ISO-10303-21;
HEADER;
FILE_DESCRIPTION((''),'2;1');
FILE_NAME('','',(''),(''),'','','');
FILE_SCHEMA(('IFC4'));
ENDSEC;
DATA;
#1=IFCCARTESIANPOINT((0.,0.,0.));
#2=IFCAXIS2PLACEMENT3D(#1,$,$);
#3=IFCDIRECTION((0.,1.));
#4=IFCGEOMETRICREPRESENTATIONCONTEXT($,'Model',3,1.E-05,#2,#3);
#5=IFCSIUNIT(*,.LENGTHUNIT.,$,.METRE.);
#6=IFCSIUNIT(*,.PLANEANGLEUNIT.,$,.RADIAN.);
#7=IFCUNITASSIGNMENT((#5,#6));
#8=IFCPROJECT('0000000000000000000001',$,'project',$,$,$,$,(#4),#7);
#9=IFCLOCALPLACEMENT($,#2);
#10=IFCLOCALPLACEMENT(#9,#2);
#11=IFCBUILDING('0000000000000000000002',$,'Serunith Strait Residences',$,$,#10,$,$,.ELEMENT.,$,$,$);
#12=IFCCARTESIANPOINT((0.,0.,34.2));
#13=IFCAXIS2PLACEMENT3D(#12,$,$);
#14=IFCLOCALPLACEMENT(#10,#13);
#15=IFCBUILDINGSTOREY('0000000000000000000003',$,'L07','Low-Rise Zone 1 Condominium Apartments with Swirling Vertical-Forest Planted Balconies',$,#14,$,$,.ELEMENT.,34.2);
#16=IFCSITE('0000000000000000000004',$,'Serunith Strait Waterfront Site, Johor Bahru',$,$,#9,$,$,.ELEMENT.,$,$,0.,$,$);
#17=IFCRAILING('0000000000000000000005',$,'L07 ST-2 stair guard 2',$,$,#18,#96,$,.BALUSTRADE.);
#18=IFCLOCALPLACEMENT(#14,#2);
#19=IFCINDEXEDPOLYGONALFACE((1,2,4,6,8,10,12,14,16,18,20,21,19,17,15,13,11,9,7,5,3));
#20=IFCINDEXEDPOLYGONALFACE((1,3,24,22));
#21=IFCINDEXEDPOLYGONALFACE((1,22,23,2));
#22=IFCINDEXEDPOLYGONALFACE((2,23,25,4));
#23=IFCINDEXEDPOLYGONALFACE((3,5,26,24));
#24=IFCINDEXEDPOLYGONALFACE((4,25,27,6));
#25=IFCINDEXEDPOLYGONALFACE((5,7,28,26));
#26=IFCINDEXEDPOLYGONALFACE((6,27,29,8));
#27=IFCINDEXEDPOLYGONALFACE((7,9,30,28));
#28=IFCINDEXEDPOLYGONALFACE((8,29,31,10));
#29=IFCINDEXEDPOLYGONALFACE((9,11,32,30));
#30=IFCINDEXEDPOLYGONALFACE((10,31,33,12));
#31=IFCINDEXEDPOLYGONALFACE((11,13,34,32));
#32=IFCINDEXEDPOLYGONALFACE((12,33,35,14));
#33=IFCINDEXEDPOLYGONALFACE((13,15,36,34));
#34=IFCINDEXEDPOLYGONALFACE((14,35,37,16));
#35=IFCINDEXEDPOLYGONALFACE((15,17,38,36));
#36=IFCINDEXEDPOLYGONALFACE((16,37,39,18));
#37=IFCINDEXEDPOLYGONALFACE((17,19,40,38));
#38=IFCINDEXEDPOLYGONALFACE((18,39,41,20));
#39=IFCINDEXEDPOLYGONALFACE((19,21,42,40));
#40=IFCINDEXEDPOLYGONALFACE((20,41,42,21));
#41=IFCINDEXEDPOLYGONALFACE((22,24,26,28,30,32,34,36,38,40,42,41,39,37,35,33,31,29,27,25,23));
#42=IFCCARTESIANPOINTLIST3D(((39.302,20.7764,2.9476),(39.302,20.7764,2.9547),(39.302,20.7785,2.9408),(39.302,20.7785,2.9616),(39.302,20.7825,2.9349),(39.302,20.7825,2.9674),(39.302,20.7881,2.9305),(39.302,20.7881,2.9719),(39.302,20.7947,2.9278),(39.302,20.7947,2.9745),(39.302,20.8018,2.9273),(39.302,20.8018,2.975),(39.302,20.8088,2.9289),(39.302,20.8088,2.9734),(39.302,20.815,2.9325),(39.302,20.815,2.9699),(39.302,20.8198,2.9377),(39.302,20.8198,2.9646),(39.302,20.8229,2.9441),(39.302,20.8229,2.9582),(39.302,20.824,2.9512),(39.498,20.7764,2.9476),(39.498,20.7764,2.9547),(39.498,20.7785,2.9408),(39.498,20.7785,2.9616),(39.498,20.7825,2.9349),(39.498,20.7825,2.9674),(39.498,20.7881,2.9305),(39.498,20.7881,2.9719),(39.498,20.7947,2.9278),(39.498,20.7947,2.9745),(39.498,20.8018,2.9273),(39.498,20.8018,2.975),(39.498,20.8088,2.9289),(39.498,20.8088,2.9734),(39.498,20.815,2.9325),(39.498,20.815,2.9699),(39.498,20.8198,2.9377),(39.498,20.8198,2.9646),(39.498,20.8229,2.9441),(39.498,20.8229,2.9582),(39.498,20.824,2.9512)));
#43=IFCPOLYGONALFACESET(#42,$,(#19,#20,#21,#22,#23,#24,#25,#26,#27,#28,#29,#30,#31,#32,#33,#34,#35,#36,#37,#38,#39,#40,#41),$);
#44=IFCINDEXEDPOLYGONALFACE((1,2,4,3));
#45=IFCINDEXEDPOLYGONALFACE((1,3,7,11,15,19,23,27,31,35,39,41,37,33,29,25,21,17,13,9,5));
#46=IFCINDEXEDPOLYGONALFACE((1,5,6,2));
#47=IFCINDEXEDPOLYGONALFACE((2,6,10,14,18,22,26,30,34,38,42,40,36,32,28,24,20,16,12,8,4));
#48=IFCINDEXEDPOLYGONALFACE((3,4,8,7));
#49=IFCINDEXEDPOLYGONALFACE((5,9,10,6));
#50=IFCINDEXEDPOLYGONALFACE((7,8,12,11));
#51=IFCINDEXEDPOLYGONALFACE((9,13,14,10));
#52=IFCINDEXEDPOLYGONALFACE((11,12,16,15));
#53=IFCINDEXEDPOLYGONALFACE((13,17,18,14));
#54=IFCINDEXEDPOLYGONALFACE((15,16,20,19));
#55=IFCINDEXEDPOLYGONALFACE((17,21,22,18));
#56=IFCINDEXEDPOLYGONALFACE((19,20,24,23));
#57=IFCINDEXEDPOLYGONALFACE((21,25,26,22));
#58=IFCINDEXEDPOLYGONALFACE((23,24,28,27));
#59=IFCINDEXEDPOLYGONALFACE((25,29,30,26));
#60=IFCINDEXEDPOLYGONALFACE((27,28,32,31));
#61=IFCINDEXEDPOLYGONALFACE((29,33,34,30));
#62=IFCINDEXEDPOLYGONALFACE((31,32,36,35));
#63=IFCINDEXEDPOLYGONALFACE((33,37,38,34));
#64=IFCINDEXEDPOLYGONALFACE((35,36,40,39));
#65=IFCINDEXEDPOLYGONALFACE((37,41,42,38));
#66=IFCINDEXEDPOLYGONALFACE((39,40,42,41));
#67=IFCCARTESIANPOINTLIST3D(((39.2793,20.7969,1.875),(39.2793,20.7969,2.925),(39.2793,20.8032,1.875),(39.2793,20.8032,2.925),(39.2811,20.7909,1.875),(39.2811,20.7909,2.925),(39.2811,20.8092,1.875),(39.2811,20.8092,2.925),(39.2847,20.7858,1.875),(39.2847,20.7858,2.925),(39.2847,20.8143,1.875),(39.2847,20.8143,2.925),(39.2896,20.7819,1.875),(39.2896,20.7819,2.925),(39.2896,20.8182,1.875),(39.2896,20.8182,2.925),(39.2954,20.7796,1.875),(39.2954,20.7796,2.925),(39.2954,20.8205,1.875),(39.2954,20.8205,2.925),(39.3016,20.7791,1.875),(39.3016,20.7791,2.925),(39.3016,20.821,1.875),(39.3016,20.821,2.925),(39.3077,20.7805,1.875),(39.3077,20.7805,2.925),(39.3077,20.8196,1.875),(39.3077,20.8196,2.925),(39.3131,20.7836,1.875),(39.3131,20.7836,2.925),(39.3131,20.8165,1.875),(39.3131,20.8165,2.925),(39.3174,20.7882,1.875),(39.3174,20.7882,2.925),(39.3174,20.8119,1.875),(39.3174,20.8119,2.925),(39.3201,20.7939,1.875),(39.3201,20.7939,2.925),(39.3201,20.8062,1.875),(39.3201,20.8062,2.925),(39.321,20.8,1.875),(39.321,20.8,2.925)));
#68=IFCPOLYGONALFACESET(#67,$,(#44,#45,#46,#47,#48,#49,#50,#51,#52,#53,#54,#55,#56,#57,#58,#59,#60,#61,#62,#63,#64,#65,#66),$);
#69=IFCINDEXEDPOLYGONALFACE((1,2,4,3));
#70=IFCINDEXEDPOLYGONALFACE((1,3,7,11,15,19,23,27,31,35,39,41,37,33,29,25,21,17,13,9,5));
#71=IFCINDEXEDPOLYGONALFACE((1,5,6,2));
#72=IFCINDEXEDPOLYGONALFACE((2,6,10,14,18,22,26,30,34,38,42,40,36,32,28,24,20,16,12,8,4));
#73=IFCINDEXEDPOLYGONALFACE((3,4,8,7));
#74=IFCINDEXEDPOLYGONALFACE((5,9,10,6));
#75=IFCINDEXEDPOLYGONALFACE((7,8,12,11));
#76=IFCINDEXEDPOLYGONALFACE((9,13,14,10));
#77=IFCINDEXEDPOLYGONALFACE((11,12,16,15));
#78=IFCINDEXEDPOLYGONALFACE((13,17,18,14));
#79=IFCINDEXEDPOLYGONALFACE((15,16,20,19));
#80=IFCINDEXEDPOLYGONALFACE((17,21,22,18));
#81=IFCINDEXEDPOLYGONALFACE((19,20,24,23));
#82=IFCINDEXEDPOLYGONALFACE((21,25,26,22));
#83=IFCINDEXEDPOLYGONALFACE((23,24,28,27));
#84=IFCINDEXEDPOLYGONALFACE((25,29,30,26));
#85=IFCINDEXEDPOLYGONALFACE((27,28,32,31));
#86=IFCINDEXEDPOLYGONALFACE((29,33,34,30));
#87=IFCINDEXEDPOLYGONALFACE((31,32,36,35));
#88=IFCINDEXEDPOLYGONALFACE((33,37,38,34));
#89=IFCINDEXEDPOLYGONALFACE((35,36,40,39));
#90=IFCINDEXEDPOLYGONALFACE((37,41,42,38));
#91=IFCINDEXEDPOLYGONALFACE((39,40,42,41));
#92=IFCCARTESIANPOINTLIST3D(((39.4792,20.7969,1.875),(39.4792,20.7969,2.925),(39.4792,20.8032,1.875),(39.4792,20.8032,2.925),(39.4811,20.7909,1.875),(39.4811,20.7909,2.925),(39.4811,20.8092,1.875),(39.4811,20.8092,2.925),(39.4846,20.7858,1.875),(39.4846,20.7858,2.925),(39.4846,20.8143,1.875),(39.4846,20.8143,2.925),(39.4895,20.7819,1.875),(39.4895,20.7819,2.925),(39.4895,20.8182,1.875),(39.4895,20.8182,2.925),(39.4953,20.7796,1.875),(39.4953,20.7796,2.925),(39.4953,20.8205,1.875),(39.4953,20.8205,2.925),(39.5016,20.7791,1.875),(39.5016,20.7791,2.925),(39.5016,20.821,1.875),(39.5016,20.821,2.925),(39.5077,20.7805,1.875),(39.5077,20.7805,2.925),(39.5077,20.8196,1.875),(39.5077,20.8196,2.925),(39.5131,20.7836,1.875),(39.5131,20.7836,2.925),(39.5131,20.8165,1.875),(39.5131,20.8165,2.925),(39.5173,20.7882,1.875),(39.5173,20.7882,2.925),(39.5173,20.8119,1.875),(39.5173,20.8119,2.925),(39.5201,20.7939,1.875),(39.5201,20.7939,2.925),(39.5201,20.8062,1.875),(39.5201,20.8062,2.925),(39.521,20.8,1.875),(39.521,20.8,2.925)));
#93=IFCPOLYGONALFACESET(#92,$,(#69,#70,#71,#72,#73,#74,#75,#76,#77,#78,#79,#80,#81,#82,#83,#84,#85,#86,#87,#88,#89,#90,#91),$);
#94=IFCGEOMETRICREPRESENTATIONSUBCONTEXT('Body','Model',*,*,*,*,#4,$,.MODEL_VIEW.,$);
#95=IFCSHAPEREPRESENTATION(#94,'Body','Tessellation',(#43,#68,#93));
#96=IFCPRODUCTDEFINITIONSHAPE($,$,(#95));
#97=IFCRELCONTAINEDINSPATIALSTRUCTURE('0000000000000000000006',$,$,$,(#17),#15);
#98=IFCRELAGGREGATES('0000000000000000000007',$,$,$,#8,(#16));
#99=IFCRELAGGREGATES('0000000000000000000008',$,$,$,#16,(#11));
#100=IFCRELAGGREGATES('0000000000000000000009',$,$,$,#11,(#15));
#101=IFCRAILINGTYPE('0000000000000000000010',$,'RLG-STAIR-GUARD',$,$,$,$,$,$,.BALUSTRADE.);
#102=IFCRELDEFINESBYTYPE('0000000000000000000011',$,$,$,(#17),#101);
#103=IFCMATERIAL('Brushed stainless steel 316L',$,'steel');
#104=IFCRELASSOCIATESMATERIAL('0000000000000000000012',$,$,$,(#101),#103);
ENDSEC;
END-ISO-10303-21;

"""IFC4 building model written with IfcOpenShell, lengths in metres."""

from ifc_helpers import new_model, si_unit, direction, frame, origin, origin_2d, place, context, subcontext, project, spatial, circle, extrude, material, type_object, element, save


model = new_model("IFC4")

# Units and contexts
model_context = context("Model", 3, precision=1e-05, world=origin(), true_north=direction((0.0, 1.0)))
body_context = subcontext(model_context, "Body", "Model", "MODEL_VIEW")
ifc_project = project(units=[si_unit("LENGTHUNIT", "METRE"), si_unit("PLANEANGLEUNIT", "RADIAN")], contexts=[model_context])

# Site, building, storey
site_placement = place(None, origin())
site = spatial("IfcSite", under=ifc_project, at=site_placement, Name="Serunith Strait Waterfront Site, Johor Bahru", CompositionType="ELEMENT", RefElevation=0.0)
building_placement = place(site_placement, origin())
building = spatial("IfcBuilding", under=site, at=building_placement, Name="Serunith Strait Residences", CompositionType="ELEMENT")
storey_placement = place(building_placement, frame((0.0, 0.0, 34.2)))
storey = spatial("IfcBuildingStorey", under=building, at=storey_placement, Name="L07", Description="Low-Rise Zone 1 Condominium Apartments with Swirling Vertical-Forest Planted Balconies", CompositionType="ELEMENT", Elevation=34.2)

# Railing
ifc_material_1 = material(Name="Brushed stainless steel 316L", Category="steel")
railing_type_1 = type_object("IfcRailingType", Name="RLG-STAIR-GUARD", PredefinedType="BALUSTRADE", material=ifc_material_1)
railing_1_placement = place(storey_placement, frame((39.3, 20.8, 1.875)))
element("IfcRailing", 1, at=railing_1_placement, inside=storey, type_object=railing_type_1, Name="L07 ST-2 stair guard 2", PredefinedType="BALUSTRADE", context=body_context, shape_type="SweptSolid", body=[
    extrude(circle(Radius=0.0239, at=origin_2d()), frame((0.002, 0.0, 1.0762), z_axis=(1.0, 0.0, 0.0), x_axis=(0.0, 1.0, 0.0)), (0.0, 0.0, 1.0), 0.196),
    extrude(circle(Radius=0.021, at=origin_2d()), origin(), (0.0, 0.0, 1.0), 1.05),
    extrude(circle(Radius=0.021, at=origin_2d()), frame((0.2, 0.0, 0.0)), (0.0, 0.0, 1.0), 1.05),
])

save(model, "model.ifc")
